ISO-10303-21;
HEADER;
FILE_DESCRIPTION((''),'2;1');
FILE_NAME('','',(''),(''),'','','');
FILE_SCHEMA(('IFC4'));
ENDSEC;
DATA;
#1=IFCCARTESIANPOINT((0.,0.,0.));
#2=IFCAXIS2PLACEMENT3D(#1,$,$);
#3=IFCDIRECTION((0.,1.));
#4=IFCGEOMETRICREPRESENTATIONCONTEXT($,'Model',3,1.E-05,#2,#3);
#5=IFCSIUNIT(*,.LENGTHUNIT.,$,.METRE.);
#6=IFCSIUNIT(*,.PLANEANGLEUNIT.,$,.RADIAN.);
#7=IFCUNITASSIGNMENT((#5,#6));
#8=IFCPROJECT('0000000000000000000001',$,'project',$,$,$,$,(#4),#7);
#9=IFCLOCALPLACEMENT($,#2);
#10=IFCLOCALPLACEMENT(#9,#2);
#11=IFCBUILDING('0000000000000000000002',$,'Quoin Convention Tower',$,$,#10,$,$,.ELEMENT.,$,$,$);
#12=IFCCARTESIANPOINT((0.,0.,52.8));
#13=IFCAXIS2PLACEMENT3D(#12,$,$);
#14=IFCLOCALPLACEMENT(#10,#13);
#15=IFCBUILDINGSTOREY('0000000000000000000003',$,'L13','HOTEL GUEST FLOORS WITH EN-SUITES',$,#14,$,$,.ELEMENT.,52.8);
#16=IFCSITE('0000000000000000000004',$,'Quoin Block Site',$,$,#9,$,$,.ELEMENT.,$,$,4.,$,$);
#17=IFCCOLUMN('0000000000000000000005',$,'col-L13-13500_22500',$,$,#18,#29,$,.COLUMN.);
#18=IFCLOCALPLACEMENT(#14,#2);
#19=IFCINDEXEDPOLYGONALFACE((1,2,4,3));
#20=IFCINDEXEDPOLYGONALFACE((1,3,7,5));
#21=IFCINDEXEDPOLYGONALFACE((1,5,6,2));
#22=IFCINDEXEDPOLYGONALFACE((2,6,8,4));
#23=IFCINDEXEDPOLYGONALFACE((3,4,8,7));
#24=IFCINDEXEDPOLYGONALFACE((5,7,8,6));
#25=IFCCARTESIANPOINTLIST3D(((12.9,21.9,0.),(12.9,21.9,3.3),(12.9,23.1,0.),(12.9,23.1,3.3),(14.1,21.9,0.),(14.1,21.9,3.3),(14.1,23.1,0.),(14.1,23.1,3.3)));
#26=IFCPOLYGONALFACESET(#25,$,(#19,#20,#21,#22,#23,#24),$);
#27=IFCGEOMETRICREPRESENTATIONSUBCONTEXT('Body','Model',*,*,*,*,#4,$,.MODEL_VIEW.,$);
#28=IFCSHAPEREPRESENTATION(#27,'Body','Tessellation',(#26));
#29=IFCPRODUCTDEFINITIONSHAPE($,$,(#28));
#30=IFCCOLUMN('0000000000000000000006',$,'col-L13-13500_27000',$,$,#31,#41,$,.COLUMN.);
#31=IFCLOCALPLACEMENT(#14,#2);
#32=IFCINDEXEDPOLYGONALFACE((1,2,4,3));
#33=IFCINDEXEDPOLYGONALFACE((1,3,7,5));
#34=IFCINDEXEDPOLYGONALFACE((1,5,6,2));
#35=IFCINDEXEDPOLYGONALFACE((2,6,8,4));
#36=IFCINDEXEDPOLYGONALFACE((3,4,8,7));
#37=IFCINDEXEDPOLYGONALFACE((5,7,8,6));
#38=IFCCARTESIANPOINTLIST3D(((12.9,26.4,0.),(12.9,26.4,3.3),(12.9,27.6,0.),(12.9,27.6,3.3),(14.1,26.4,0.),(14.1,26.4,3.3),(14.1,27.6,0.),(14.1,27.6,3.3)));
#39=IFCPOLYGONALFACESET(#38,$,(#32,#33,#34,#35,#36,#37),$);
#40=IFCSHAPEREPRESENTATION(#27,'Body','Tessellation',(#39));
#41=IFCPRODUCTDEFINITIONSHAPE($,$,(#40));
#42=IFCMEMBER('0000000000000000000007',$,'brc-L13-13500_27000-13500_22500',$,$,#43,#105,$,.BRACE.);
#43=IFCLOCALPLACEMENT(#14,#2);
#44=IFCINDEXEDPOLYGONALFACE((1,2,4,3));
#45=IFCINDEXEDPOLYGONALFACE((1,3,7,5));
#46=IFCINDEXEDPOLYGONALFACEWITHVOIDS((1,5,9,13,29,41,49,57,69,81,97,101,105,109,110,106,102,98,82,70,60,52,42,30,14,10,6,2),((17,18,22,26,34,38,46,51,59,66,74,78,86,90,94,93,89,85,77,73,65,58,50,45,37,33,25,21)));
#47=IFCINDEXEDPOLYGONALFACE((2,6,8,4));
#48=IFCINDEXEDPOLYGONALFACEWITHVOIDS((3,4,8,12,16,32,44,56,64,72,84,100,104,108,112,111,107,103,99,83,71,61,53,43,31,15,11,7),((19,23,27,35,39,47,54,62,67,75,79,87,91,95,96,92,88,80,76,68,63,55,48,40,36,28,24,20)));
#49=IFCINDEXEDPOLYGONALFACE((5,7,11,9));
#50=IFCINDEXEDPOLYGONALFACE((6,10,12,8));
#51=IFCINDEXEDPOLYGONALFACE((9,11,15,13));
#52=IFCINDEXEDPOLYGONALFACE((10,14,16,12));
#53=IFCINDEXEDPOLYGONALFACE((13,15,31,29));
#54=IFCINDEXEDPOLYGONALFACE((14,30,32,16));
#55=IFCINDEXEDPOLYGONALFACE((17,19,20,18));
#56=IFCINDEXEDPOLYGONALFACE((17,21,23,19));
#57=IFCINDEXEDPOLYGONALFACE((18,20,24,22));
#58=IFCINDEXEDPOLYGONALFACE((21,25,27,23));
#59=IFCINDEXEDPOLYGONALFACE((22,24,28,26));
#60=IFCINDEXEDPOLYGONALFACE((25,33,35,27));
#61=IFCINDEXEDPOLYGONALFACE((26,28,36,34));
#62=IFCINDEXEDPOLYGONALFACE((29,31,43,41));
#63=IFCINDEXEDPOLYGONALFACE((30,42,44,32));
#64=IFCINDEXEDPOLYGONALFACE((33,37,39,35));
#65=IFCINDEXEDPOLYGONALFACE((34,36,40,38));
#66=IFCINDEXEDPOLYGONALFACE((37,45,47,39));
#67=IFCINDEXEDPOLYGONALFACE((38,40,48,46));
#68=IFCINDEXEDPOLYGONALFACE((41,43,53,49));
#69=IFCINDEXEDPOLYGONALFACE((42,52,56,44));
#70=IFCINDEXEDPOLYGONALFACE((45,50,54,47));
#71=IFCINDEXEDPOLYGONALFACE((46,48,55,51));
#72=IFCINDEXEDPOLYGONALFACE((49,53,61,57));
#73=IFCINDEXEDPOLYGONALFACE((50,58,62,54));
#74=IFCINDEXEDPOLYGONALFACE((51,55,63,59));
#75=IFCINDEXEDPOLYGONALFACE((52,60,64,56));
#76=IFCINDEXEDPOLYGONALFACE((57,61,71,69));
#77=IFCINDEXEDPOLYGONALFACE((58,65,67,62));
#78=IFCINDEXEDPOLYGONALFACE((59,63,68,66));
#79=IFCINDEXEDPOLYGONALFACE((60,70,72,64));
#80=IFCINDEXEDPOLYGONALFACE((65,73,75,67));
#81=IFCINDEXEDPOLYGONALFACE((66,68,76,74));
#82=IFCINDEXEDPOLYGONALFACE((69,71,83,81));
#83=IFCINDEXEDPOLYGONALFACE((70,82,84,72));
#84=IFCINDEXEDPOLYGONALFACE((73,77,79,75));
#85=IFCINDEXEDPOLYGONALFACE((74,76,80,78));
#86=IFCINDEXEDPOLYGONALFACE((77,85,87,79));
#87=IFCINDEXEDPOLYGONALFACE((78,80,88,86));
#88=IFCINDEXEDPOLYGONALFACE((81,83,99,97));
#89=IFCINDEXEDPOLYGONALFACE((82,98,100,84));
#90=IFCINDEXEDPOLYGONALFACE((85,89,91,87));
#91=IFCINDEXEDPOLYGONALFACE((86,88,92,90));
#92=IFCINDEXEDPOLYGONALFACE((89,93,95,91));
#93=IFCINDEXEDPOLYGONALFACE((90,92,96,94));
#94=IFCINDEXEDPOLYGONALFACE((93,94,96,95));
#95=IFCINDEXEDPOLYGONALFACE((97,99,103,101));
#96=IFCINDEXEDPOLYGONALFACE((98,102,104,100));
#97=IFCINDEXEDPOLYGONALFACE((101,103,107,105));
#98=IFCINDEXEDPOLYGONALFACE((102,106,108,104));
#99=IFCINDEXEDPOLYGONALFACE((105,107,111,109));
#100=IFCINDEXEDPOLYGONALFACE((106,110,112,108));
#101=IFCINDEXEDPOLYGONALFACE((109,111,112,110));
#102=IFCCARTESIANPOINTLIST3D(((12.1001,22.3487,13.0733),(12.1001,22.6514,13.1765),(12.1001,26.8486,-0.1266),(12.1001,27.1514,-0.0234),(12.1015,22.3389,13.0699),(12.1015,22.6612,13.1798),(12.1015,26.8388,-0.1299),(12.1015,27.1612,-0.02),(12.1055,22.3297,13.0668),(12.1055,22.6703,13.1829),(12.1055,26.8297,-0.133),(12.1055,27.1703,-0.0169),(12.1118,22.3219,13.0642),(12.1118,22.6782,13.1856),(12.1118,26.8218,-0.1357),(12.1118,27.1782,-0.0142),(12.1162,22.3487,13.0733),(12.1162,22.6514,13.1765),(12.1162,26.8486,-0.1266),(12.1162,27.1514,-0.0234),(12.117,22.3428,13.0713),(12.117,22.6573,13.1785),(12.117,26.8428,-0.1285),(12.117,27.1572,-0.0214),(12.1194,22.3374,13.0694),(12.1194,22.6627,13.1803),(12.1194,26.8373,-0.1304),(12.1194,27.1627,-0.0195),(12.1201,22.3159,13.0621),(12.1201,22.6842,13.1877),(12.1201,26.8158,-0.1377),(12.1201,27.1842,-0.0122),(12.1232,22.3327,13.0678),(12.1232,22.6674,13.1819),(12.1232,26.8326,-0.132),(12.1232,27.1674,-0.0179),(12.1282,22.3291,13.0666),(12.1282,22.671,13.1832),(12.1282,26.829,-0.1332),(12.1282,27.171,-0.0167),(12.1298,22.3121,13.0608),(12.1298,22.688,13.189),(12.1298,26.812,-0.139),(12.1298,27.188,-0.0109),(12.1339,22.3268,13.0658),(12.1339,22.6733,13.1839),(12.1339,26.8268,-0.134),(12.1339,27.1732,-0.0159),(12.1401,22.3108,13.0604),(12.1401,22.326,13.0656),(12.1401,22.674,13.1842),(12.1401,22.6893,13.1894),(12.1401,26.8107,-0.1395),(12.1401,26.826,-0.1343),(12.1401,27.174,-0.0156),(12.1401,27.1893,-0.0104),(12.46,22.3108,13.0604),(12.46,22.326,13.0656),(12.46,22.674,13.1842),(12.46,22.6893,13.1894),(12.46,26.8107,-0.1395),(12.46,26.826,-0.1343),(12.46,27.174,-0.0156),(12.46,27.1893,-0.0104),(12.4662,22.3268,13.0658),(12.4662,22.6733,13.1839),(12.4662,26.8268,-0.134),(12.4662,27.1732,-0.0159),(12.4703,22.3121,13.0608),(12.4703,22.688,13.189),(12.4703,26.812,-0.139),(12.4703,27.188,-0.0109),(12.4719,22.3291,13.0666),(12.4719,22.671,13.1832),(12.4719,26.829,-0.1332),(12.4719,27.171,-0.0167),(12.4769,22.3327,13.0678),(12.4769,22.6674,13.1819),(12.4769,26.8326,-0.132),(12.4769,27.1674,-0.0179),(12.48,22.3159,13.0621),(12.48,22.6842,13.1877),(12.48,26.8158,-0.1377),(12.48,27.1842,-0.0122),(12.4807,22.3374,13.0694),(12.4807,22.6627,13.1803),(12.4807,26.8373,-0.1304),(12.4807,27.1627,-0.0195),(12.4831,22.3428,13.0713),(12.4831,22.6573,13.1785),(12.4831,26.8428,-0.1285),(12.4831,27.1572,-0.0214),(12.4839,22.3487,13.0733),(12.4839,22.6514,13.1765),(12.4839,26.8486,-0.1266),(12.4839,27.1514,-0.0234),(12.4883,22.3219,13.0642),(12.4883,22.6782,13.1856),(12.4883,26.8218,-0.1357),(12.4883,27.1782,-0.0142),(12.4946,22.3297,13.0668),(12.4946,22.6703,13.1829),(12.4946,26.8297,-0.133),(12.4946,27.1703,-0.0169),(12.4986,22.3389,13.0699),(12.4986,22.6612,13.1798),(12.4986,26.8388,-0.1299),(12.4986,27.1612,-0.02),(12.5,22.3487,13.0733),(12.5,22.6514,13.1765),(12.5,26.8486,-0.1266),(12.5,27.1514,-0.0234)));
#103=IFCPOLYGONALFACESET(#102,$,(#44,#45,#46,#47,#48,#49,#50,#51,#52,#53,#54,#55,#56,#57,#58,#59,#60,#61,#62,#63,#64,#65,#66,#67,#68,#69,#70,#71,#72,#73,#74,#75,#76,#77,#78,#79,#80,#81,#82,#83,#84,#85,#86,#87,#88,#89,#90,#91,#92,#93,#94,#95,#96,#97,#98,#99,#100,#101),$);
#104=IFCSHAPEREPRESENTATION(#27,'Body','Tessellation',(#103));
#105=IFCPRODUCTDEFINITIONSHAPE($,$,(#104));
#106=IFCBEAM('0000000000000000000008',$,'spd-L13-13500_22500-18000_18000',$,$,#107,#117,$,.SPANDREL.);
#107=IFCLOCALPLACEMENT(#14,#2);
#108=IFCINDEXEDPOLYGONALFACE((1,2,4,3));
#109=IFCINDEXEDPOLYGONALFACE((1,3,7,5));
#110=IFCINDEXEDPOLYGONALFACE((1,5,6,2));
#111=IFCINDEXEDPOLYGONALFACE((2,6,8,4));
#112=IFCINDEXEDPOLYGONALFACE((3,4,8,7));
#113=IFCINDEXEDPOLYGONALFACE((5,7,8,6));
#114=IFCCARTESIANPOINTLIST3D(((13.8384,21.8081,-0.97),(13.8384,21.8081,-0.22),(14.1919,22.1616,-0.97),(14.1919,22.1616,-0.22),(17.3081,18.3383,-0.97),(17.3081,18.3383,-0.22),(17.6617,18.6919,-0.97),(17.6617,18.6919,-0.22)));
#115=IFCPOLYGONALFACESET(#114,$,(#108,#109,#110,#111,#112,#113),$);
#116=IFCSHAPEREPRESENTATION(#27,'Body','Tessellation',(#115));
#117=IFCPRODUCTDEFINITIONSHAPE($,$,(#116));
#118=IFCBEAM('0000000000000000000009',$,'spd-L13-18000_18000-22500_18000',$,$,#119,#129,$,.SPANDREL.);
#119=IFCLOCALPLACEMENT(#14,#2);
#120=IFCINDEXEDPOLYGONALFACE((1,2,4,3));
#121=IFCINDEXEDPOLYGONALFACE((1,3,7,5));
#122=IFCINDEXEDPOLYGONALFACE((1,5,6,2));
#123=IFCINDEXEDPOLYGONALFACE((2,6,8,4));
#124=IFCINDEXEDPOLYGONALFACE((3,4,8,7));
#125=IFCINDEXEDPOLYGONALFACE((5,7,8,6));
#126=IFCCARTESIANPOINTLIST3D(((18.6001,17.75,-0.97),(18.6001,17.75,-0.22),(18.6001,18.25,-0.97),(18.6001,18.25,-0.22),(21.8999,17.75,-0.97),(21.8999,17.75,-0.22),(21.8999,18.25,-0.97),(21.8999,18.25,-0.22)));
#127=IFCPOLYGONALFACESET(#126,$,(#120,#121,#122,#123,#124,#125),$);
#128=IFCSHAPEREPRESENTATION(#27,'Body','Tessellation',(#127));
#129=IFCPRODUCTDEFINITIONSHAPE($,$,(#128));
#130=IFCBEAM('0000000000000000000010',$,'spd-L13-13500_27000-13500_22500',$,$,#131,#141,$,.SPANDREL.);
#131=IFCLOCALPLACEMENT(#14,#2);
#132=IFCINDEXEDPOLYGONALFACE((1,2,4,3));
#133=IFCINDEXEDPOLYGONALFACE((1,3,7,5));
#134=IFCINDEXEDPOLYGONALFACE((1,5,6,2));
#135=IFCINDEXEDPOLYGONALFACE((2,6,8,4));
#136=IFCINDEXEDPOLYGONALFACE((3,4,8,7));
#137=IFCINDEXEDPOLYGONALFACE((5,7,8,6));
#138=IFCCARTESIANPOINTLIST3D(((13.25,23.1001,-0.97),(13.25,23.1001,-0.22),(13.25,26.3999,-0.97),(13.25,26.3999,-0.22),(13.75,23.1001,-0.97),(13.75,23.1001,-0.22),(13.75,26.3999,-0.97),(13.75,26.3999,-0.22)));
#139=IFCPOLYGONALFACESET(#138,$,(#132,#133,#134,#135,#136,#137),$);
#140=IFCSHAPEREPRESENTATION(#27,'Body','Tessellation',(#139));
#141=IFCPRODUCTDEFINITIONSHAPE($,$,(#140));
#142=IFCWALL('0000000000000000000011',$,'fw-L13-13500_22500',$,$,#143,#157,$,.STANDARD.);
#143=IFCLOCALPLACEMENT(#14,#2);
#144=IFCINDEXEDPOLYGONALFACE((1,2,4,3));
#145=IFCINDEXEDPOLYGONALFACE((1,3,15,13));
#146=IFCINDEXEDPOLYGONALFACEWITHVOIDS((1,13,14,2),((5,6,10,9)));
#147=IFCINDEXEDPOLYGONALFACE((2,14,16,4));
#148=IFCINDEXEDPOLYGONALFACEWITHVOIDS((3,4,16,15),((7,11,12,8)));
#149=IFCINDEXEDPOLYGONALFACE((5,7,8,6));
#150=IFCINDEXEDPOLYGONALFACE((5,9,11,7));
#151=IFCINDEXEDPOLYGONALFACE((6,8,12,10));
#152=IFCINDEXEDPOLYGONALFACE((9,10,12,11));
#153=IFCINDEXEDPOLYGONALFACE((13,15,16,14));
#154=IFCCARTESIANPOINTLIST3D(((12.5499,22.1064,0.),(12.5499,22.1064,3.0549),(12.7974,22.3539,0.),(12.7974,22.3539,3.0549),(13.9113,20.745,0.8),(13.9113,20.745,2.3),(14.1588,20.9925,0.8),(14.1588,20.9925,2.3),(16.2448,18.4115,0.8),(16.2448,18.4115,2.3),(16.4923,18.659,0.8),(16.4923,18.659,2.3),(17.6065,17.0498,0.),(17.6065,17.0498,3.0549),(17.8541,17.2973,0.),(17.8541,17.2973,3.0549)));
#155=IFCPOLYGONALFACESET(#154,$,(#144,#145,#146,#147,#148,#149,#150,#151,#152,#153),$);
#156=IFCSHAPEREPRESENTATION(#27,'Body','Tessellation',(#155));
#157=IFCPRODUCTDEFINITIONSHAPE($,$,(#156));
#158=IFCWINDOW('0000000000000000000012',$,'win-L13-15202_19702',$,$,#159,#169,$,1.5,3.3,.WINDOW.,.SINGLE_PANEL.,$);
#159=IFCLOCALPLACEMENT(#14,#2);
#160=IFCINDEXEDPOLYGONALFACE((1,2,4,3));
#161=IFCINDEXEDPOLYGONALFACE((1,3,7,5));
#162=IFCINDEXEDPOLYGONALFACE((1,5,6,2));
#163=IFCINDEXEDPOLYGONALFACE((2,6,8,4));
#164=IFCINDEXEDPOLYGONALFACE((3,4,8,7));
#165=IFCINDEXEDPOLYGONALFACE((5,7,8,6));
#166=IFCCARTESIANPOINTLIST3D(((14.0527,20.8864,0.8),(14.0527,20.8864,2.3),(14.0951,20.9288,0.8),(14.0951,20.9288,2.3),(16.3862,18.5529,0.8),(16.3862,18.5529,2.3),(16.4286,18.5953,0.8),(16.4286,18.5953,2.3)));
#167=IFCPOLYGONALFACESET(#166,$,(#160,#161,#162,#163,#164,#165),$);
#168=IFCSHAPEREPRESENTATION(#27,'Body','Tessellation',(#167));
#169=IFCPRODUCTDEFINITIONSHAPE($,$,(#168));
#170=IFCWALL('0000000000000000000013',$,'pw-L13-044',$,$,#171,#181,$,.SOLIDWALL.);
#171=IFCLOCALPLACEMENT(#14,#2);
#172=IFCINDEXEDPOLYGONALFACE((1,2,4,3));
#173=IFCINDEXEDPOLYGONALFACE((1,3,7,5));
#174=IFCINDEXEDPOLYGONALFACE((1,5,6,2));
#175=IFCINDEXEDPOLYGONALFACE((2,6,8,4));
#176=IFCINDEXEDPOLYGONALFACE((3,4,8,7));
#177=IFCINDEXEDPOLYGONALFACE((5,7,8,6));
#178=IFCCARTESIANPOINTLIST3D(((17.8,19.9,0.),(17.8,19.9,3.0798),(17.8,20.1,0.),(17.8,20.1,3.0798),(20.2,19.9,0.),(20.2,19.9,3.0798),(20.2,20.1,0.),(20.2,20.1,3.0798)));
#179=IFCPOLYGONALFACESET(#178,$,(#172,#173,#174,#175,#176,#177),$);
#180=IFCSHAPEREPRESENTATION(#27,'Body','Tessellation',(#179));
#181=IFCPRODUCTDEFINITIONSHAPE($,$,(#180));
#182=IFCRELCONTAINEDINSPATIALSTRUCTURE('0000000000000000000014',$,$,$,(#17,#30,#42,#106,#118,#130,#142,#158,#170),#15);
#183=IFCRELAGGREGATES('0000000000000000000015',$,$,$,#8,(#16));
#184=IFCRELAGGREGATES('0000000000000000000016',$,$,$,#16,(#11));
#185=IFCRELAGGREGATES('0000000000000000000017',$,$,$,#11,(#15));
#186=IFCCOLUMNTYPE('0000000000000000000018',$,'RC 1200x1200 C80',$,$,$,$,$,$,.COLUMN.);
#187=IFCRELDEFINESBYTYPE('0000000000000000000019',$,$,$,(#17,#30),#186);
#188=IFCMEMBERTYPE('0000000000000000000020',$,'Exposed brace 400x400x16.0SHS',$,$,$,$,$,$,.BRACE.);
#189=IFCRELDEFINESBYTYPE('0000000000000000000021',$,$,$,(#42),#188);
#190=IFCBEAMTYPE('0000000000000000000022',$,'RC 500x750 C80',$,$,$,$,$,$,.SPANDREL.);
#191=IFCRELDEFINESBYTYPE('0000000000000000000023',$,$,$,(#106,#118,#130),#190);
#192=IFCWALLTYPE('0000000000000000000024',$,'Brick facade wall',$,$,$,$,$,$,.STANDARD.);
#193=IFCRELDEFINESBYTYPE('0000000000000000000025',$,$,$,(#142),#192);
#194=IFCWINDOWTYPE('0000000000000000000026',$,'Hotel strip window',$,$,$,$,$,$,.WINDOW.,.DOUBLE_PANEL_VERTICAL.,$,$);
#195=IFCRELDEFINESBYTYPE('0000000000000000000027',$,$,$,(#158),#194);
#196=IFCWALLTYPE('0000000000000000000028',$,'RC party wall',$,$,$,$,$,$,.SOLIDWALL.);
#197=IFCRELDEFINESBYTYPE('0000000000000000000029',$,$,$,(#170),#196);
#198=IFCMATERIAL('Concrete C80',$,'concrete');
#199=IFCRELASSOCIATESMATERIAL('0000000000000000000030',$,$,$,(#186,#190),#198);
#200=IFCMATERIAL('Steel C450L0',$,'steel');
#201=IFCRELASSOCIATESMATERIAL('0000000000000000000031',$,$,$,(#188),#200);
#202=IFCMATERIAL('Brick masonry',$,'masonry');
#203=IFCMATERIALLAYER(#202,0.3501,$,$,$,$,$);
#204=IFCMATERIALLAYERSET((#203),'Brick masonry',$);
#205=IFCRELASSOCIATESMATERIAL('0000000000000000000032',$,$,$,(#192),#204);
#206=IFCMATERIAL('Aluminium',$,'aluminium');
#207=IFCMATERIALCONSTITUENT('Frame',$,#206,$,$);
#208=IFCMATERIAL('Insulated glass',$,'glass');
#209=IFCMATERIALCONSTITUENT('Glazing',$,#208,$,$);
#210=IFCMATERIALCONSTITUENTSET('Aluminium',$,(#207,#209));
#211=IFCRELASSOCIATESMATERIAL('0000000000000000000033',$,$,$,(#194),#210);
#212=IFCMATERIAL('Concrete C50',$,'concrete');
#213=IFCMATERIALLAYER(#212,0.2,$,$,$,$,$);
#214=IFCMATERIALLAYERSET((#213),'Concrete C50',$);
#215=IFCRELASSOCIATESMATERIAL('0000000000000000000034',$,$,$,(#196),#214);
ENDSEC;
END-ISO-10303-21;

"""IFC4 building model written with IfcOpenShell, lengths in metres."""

from ifc_helpers import new_model, si_unit, direction, frame, frame_2d, origin, origin_2d, place, context, subcontext, project, spatial, rectangle, hollow_rectangle, extrude, material, layer, layer_set, constituent, constituent_set, material_profile, profile_set, type_object, element, fill, save


model = new_model("IFC4")

# Units and contexts
model_context = context("Model", 3, precision=1e-05, world=origin(), true_north=direction((0.0, 1.0)))
body_context = subcontext(model_context, "Body", "Model", "MODEL_VIEW")
ifc_project = project(units=[si_unit("LENGTHUNIT", "METRE"), si_unit("PLANEANGLEUNIT", "RADIAN")], contexts=[model_context])

# Site, building, storey
site_placement = place(None, origin())
site = spatial("IfcSite", under=ifc_project, at=site_placement, Name="Quoin Block Site", CompositionType="ELEMENT", RefElevation=4.0)
building_placement = place(site_placement, origin())
building = spatial("IfcBuilding", under=site, at=building_placement, Name="Quoin Convention Tower", CompositionType="ELEMENT")
storey_placement = place(building_placement, frame((0.0, 0.0, 52.8)))
storey = spatial("IfcBuildingStorey", under=building, at=storey_placement, Name="L13", Description="HOTEL GUEST FLOORS WITH EN-SUITES", CompositionType="ELEMENT", Elevation=52.8)

# Columns
ifc_material_1 = material(Name="Concrete C80", Category="concrete")
ifc_material_profile_1 = material_profile(ifc_material_1, rectangle(XDim=1.2, YDim=1.2, at=origin_2d()), Name="RC 1200x1200")
ifc_profile_set_1 = profile_set([ifc_material_profile_1], Name="Concrete C80")
column_type = type_object("IfcColumnType", Name="RC 1200x1200 C80", PredefinedType="COLUMN", material=ifc_profile_set_1)
for number, where, z_axis, x_axis, name in (
    (1, (13.5, 22.5, 0.0), (0.0, 0.0, 1.0), (1.0, 0.0, 0.0), "col-L13-13500_22500"),
    (2, (13.5, 27.0, 0.0), (0.0, 0.0, 1.0), (1.0, 0.0, 0.0), "col-L13-13500_27000"),
):
    element("IfcColumn", number, at=place(storey_placement, frame(where, z_axis=z_axis, x_axis=x_axis)), inside=storey, type_object=column_type, Name=name, PredefinedType="COLUMN", context=body_context, shape_type="SweptSolid", body=[
        extrude(rectangle(XDim=1.2, YDim=1.2, at=origin_2d()), origin(), (0.0, 0.0, 1.0), 3.3),
    ])

# Member
ifc_material_2 = material(Name="Steel C450L0", Category="steel")
ifc_material_profile_2 = material_profile(ifc_material_2, hollow_rectangle(XDim=0.3999, YDim=0.3999, WallThickness=0.0161, InnerFilletRadius=0.0239, OuterFilletRadius=0.04, at=origin_2d()), Name="400x400x16.0SHS")
ifc_profile_set_2 = profile_set([ifc_material_profile_2], Name="Steel C450L0")
member_type = type_object("IfcMemberType", Name="Exposed brace 400x400x16.0SHS", PredefinedType="BRACE", material=ifc_profile_set_2)
member_placement = place(storey_placement, frame((12.3, 27.0, -0.075), z_axis=(0.0, -0.322675, 0.94651), x_axis=(1.0, 0.0, 0.0)))
element("IfcMember", 3, at=member_placement, inside=storey, type_object=member_type, Name="brc-L13-13500_27000-13500_22500", PredefinedType="BRACE", context=body_context, shape_type="SweptSolid", body=[
    extrude(hollow_rectangle(XDim=0.3999, YDim=0.3999, WallThickness=0.0161, InnerFilletRadius=0.0239, OuterFilletRadius=0.04, at=origin_2d()), origin(), (0.0, 0.0, 1.0), 13.9458),
])

# Beams
ifc_material_profile_3 = material_profile(ifc_material_1, rectangle(XDim=0.5, YDim=0.75, at=origin_2d()), Name="RC 500x750")
ifc_profile_set_3 = profile_set([ifc_material_profile_3], Name="Concrete C80")
beam_type = type_object("IfcBeamType", Name="RC 500x750 C80", PredefinedType="SPANDREL", material=ifc_profile_set_3)
beam_placement = place(storey_placement, frame((14.0151, 21.9849, -0.595), z_axis=(0.707107, -0.707107, 0.0), x_axis=(0.707107, 0.707107, 0.0)))
element("IfcBeam", 4, at=beam_placement, inside=storey, type_object=beam_type, Name="spd-L13-13500_22500-18000_18000", PredefinedType="SPANDREL", context=body_context, shape_type="SweptSolid", body=[
    extrude(rectangle(XDim=0.5, YDim=0.75, at=origin_2d()), origin(), (0.0, 0.0, 1.0), 4.907),
])
for number, where, z_axis, x_axis, name in (
    (5, (18.6001, 18.0, -0.595), (1.0, 0.0, 0.0), (0.0, 1.0, 0.0), "spd-L13-18000_18000-22500_18000"),
    (6, (13.5, 26.3999, -0.595), (0.0, -1.0, 0.0), (1.0, 0.0, 0.0), "spd-L13-13500_27000-13500_22500"),
):
    element("IfcBeam", number, at=place(storey_placement, frame(where, z_axis=z_axis, x_axis=x_axis)), inside=storey, type_object=beam_type, Name=name, PredefinedType="SPANDREL", context=body_context, shape_type="SweptSolid", body=[
        extrude(rectangle(XDim=0.5, YDim=0.75, at=origin_2d()), origin(), (0.0, 0.0, 1.0), 3.2998),
    ])

# Wall, opening, window
ifc_material_3 = material(Name="Brick masonry", Category="masonry")
ifc_layer_1 = layer(ifc_material_3, 0.3501)
ifc_layer_set_1 = layer_set([ifc_layer_1], Name="Brick masonry")
wall_type_1 = type_object("IfcWallType", Name="Brick facade wall", PredefinedType="STANDARD", material=ifc_layer_set_1)
wall_1_placement = place(storey_placement, frame((12.6736, 22.2302, 0.0), z_axis=(0.0, 0.0, 1.0), x_axis=(0.707107, -0.707107, 0.0)))
wall_1 = element("IfcWall", 7, at=wall_1_placement, inside=storey, type_object=wall_type_1, Name="fw-L13-13500_22500", PredefinedType="STANDARD", context=body_context, shape_type="SweptSolid", body=[
    extrude(rectangle(XDim=7.1511, YDim=0.3501, at=frame_2d((3.5757, 0.0))), origin(), (0.0, 0.0, 1.0), 3.0549),
])
opening_1_placement = place(wall_1_placement, frame((1.9255, 0.0, 0.8)))
opening_1 = element("IfcOpeningElement", 8, at=opening_1_placement, cuts=wall_1, PredefinedType="OPENING", context=body_context, shape_type="SweptSolid", body=[
    extrude(rectangle(XDim=3.3, YDim=1.5, at=frame_2d((1.6499, 0.75))), frame((0.0, 0.1851, 0.0), z_axis=(0.0, -1.0, 0.0), x_axis=(1.0, 0.0, 0.0)), (0.0, 0.0, 1.0), 0.3701),
])
ifc_material_4 = material(Name="Aluminium", Category="aluminium")
ifc_constituent_1 = constituent(ifc_material_4, Name="Frame")
ifc_material_5 = material(Name="Insulated glass", Category="glass")
ifc_constituent_2 = constituent(ifc_material_5, Name="Glazing")
ifc_constituent_set = constituent_set(constituents=[ifc_constituent_1, ifc_constituent_2], Name="Aluminium")
window_type = type_object("IfcWindowType", Name="Hotel strip window", PartitioningType="DOUBLE_PANEL_VERTICAL", PredefinedType="WINDOW", material=ifc_constituent_set)
window_placement = place(opening_1_placement, origin())
window = element("IfcWindow", 9, at=window_placement, inside=storey, type_object=window_type, Name="win-L13-15202_19702", OverallHeight=1.5, OverallWidth=3.3, PartitioningType="SINGLE_PANEL", PredefinedType="WINDOW", context=body_context, shape_type="SweptSolid", body=[
    extrude(rectangle(XDim=3.3, YDim=1.5, at=frame_2d((1.6499, 0.75))), frame((0.0, 0.085, 0.0), z_axis=(0.0, -1.0, 0.0), x_axis=(1.0, 0.0, 0.0)), (0.0, 0.0, 1.0), 0.0601),
])
fill(opening_1, window)

# Wall
ifc_material_6 = material(Name="Concrete C50", Category="concrete")
ifc_layer_2 = layer(ifc_material_6, 0.2)
ifc_layer_set_2 = layer_set([ifc_layer_2], Name="Concrete C50")
wall_type_2 = type_object("IfcWallType", Name="RC party wall", PredefinedType="SOLIDWALL", material=ifc_layer_set_2)
wall_2_placement = place(storey_placement, frame((17.8, 20.0, 0.0), z_axis=(0.0, 0.0, 1.0), x_axis=(1.0, 0.0, 0.0)))
element("IfcWall", 10, at=wall_2_placement, inside=storey, type_object=wall_type_2, Name="pw-L13-044", PredefinedType="SOLIDWALL", context=body_context, shape_type="SweptSolid", body=[
    extrude(rectangle(XDim=2.3999, YDim=0.2, at=frame_2d((1.2, 0.0))), origin(), (0.0, 0.0, 1.0), 3.0798),
])

save(model, "model.ifc")
